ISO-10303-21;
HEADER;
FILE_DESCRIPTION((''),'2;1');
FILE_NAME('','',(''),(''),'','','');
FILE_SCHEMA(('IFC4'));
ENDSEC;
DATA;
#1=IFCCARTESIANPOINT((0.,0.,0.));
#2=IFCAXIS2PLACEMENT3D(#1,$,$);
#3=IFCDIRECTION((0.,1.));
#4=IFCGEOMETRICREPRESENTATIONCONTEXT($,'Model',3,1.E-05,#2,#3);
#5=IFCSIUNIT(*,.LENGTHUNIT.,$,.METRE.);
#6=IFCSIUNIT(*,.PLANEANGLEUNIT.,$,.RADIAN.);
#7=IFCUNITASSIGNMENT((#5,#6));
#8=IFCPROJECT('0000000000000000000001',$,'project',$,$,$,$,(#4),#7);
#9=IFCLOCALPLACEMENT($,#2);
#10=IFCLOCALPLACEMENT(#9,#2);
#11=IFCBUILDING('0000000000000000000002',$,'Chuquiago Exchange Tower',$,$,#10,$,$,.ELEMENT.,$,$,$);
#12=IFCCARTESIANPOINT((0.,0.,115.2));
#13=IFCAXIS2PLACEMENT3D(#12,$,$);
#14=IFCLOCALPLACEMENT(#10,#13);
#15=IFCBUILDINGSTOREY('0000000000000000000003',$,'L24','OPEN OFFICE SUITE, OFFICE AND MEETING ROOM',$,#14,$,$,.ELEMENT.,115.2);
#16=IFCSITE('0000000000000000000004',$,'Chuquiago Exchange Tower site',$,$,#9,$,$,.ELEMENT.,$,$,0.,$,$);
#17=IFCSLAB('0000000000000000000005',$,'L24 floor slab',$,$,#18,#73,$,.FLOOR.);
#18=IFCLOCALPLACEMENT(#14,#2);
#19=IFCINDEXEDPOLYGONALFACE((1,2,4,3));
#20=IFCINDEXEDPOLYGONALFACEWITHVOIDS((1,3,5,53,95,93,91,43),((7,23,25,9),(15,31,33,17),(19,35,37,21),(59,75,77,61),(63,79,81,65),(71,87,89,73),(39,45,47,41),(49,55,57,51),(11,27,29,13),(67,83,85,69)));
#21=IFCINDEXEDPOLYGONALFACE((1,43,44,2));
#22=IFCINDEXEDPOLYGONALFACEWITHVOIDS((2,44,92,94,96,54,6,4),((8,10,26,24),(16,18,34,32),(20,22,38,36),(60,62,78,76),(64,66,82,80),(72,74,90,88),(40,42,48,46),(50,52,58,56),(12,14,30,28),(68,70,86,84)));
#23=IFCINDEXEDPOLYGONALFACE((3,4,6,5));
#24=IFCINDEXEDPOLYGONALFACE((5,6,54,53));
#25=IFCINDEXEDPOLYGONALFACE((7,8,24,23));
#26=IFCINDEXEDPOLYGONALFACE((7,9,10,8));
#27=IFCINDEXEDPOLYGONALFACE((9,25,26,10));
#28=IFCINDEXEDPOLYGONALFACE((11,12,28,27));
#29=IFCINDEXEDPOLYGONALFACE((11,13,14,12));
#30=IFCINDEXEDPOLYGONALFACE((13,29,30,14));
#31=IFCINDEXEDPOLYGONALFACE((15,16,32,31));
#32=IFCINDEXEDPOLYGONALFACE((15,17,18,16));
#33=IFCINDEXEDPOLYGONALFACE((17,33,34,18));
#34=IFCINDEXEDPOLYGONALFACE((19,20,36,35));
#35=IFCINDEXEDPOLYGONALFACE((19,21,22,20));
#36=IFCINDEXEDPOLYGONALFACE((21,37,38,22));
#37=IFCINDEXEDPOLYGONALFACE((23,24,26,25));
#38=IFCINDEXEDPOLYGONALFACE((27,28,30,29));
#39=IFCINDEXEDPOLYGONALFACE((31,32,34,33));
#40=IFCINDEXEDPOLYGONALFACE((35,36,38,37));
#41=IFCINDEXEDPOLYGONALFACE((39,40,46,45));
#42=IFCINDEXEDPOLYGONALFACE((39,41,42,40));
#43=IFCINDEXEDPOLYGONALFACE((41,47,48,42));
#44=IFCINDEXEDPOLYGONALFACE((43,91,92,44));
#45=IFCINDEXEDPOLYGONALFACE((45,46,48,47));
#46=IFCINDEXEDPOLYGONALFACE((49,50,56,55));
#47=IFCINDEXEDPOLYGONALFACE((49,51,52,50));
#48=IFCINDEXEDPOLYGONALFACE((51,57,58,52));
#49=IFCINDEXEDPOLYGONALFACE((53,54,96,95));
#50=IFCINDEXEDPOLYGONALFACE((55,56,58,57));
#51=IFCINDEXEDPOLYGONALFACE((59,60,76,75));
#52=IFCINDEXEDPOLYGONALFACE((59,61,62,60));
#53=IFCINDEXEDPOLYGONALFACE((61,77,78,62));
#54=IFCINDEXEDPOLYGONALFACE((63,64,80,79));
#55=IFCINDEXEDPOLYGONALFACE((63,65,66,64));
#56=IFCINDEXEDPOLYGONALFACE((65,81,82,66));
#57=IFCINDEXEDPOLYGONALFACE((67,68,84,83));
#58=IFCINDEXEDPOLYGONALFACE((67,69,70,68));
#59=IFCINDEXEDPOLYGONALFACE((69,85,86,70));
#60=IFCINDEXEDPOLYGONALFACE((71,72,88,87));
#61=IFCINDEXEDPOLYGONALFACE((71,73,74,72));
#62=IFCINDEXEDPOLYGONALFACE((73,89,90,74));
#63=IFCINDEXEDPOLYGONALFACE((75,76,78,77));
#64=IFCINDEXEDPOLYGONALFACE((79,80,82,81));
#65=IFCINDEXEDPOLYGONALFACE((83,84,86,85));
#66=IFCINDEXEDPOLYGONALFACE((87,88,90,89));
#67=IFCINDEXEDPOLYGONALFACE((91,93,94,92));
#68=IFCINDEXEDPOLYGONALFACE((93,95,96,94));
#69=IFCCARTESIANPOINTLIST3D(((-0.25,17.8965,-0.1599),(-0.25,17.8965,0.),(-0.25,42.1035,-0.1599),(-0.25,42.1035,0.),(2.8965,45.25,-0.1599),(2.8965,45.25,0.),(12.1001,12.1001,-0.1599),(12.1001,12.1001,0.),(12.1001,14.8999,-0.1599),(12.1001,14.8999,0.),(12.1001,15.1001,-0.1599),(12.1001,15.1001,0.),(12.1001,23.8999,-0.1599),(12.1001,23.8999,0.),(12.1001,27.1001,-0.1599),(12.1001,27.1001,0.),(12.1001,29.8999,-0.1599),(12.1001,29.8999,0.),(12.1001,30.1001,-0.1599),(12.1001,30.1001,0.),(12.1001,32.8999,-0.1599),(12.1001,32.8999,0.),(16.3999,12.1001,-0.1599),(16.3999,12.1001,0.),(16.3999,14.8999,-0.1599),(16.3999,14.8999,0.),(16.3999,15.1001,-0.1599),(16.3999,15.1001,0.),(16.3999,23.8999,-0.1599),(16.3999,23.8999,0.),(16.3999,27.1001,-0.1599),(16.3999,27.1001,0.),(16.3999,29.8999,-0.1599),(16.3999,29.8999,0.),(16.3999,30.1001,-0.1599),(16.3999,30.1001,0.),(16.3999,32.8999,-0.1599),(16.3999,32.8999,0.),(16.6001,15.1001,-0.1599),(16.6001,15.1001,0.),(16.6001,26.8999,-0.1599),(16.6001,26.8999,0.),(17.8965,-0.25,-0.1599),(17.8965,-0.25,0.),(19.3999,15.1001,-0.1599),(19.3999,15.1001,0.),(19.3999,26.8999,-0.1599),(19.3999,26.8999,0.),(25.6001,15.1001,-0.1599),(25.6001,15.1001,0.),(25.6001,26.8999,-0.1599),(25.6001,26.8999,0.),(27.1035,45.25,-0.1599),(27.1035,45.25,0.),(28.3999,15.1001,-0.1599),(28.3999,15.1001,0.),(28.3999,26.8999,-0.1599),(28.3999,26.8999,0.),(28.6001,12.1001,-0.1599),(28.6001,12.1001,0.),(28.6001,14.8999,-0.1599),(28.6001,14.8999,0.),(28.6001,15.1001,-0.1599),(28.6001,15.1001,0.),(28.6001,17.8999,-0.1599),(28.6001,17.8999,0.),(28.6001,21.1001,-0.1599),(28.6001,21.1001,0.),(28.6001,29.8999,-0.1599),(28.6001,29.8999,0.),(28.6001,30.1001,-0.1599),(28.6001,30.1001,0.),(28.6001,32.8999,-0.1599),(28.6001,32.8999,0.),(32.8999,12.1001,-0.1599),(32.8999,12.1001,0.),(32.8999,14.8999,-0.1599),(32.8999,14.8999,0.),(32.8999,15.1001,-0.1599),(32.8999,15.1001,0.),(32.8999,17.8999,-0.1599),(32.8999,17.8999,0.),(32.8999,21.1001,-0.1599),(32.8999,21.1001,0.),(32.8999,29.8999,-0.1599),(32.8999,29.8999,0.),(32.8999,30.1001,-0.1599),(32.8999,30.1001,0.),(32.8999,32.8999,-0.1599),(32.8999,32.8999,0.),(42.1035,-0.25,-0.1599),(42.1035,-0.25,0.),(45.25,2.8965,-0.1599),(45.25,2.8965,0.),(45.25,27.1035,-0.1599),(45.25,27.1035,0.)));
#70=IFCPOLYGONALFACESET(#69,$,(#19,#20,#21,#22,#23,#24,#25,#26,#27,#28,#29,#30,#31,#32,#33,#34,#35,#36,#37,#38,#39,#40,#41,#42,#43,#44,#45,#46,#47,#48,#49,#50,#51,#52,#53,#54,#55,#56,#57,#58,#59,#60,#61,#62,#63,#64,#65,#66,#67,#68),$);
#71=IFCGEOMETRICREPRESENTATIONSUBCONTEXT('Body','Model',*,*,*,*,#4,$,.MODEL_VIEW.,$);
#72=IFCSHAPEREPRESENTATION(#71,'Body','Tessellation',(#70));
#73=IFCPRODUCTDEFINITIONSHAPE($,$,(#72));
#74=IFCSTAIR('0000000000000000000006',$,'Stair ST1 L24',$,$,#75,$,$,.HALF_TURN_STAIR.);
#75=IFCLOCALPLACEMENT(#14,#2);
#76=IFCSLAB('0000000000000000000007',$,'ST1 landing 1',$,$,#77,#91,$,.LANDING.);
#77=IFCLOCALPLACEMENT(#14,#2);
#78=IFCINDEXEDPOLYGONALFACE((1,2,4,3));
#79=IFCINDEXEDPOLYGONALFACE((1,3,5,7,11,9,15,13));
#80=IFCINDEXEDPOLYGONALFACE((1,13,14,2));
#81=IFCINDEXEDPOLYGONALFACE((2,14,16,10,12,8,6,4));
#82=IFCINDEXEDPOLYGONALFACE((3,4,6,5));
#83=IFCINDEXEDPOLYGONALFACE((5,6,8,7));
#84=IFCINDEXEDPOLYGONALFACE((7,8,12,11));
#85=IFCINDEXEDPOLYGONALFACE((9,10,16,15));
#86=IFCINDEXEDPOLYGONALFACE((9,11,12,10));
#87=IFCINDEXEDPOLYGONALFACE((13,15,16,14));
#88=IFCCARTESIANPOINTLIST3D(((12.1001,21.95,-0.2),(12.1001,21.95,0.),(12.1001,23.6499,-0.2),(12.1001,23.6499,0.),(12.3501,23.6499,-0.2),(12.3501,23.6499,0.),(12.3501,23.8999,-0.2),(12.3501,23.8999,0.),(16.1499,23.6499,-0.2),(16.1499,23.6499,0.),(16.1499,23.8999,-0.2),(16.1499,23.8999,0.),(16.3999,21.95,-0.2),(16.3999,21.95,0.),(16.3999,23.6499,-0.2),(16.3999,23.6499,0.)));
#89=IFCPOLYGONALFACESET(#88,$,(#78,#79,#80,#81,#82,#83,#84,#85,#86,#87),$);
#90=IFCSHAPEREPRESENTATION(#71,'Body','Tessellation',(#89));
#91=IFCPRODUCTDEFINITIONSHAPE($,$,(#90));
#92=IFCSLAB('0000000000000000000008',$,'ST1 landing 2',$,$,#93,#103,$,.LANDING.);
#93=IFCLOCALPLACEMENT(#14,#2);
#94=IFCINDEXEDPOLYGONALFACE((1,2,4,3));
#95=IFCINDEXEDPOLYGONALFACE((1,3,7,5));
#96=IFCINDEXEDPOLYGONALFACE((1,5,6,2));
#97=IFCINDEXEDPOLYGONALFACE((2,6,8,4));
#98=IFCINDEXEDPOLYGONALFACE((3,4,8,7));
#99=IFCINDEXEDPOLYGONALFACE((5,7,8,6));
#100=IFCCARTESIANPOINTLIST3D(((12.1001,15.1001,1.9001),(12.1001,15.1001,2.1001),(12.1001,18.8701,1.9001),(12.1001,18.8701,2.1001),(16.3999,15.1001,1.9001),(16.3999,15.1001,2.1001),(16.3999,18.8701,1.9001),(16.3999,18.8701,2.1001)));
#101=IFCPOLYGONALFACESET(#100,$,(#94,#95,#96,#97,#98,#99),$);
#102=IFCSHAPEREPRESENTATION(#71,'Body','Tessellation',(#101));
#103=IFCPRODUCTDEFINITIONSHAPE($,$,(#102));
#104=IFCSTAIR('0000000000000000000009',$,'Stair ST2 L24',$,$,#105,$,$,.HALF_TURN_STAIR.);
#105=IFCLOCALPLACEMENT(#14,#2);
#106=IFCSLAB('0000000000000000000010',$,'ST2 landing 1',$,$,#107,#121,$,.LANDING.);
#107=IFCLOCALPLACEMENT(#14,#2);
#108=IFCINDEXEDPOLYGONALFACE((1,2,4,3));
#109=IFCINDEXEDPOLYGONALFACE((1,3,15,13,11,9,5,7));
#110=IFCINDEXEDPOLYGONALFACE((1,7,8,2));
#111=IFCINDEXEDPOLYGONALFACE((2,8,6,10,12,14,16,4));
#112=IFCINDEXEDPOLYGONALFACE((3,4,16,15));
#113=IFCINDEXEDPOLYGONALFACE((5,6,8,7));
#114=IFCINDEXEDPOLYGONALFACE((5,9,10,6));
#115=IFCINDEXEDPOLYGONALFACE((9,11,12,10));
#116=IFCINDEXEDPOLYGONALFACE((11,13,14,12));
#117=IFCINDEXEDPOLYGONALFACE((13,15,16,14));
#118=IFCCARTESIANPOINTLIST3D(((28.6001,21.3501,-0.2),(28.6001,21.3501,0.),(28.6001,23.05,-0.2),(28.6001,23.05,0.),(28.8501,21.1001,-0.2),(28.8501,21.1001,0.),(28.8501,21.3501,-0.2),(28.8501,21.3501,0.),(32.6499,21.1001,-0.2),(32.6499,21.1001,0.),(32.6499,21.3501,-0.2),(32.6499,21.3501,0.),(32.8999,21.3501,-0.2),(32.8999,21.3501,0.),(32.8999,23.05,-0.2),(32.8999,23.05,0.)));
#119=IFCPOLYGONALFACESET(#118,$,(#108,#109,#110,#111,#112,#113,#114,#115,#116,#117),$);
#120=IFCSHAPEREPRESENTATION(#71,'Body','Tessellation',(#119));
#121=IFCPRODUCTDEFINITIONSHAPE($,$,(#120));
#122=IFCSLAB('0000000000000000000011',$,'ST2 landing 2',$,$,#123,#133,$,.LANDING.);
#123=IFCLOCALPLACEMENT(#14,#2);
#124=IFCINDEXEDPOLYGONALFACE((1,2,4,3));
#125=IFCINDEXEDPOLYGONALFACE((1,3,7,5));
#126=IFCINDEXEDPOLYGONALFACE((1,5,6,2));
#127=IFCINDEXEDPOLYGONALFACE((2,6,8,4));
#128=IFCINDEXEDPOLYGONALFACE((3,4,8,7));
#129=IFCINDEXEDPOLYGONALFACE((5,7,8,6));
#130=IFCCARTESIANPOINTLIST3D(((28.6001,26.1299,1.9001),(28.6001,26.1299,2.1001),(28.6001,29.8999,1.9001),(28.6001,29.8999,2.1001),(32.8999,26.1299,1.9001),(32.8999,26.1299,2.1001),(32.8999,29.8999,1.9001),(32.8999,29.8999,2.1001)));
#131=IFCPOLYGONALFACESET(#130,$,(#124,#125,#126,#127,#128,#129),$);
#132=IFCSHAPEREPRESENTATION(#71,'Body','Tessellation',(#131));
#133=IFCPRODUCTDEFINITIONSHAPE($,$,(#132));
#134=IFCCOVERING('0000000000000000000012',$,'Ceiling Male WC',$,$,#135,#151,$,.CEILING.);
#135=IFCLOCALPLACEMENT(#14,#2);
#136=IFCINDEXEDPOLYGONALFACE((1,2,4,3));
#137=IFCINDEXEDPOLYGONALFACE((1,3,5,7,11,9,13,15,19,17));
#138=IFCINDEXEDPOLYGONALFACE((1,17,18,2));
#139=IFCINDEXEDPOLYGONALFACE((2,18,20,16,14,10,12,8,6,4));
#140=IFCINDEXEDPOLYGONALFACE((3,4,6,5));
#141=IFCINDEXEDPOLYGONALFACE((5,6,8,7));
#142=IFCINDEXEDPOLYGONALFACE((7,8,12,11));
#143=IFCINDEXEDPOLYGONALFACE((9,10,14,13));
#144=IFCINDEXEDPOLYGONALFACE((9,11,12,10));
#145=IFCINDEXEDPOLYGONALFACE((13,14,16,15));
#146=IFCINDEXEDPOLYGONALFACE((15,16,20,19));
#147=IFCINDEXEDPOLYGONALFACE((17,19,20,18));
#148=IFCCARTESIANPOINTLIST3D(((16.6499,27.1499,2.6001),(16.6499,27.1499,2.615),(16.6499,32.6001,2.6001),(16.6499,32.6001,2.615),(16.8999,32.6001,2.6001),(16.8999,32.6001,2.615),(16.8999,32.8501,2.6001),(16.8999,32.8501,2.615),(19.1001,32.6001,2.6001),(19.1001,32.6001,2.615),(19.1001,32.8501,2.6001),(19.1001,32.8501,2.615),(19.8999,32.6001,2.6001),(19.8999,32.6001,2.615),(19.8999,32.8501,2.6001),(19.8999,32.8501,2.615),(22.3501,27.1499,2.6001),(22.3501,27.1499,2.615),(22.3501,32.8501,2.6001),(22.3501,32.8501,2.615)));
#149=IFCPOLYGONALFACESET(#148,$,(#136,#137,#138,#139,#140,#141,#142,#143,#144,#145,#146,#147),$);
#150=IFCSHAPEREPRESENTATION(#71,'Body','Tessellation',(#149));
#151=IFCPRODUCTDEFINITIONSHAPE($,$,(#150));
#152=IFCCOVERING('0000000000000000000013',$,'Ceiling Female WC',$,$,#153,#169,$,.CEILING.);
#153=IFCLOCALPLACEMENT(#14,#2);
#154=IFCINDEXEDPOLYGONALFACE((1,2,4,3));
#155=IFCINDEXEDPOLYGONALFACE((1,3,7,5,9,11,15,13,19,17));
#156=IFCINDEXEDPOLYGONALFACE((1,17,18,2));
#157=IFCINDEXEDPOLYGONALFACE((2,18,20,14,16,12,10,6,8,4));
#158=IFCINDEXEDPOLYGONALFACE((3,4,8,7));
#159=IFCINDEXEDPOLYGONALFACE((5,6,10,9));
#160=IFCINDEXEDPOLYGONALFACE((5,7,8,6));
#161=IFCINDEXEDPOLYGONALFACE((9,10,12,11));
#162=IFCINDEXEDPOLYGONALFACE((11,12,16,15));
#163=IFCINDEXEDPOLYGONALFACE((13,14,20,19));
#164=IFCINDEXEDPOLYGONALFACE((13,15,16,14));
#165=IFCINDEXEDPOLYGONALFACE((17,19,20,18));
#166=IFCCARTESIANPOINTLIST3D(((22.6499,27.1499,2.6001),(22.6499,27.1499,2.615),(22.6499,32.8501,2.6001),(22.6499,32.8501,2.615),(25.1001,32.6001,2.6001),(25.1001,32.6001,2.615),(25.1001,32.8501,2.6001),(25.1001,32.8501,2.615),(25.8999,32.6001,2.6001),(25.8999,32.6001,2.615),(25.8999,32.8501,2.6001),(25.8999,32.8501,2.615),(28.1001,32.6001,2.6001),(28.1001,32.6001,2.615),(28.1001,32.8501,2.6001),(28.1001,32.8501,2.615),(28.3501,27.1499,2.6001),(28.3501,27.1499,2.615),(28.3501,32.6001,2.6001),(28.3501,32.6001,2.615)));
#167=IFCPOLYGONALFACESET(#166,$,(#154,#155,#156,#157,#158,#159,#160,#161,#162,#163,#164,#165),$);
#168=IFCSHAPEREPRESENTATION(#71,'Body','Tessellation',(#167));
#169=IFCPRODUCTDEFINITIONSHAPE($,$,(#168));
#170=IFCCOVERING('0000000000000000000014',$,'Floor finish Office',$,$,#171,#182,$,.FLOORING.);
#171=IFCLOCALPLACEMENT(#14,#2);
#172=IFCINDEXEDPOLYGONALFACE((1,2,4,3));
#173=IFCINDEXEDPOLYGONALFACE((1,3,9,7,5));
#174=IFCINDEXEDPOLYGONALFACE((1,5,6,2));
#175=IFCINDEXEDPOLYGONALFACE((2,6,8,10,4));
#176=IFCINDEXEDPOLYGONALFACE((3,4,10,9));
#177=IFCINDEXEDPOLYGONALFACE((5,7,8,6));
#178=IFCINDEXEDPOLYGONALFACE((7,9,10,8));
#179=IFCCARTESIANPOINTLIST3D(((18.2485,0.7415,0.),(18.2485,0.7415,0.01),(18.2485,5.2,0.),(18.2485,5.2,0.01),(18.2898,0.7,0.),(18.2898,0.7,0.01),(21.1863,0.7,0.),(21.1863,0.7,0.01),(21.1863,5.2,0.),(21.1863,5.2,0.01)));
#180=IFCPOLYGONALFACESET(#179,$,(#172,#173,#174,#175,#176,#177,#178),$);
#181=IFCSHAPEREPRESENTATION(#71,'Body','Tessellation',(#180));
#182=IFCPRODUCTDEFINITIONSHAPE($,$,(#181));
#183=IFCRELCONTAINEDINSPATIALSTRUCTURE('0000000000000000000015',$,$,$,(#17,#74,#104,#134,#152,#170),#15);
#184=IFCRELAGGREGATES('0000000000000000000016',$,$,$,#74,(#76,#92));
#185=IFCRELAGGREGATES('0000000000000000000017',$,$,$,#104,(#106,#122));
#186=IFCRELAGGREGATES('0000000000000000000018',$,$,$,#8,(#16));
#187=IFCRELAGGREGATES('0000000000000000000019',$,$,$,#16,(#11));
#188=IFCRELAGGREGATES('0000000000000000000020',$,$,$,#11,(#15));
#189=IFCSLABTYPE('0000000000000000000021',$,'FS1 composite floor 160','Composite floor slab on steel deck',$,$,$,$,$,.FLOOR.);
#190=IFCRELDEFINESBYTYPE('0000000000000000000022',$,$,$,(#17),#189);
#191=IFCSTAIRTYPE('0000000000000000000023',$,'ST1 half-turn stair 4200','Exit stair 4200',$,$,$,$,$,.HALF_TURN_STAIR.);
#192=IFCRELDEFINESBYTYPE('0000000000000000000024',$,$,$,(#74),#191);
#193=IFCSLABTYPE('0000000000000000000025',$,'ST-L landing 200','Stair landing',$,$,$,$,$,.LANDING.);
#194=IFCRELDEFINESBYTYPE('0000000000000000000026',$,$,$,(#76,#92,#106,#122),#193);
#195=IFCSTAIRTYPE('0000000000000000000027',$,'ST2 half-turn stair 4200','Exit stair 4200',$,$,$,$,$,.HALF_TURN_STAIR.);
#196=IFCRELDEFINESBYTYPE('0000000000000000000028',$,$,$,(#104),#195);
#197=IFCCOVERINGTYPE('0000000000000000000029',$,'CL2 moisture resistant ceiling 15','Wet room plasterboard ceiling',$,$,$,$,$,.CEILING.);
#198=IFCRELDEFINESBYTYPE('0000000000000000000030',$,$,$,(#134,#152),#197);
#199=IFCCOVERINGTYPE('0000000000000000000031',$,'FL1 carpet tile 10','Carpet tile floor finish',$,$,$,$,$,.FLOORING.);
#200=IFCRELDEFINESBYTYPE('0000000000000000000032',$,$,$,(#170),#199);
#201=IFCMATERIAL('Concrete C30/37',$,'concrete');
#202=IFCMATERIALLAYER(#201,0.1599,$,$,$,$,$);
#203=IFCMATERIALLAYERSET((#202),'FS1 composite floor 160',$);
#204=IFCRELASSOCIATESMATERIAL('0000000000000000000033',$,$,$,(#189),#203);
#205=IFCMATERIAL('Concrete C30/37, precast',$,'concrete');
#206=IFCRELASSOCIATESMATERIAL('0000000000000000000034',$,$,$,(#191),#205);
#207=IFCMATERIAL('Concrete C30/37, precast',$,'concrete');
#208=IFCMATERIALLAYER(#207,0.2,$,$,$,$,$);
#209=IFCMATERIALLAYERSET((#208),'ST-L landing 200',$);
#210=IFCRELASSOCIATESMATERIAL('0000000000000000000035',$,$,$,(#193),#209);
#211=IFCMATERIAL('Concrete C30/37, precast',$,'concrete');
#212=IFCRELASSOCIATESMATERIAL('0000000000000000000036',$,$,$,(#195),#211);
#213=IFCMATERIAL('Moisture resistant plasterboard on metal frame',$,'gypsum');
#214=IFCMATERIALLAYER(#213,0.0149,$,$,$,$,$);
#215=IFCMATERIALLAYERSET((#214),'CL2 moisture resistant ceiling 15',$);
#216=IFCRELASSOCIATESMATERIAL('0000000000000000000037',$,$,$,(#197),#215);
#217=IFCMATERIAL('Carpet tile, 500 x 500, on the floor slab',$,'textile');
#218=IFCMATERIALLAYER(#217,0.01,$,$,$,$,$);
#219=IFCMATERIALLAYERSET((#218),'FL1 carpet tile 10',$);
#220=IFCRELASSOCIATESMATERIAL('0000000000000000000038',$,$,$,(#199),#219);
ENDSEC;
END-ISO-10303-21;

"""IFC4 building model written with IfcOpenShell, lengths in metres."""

from ifc_helpers import new_model, si_unit, direction, frame, origin, place, context, subcontext, project, spatial, polyline, outline, extrude, material, layer, layer_set, type_object, element, aggregate, save


model = new_model("IFC4")

# Units and contexts
model_context = context("Model", 3, precision=1e-05, world=origin(), true_north=direction((0.0, 1.0)))
body_context = subcontext(model_context, "Body", "Model", "MODEL_VIEW")
ifc_project = project(units=[si_unit("LENGTHUNIT", "METRE"), si_unit("PLANEANGLEUNIT", "RADIAN")], contexts=[model_context])

# Site, building, storey
site_placement = place(None, origin())
site = spatial("IfcSite", under=ifc_project, at=site_placement, Name="Chuquiago Exchange Tower site", CompositionType="ELEMENT", RefElevation=0.0)
building_placement = place(site_placement, origin())
building = spatial("IfcBuilding", under=site, at=building_placement, Name="Chuquiago Exchange Tower", CompositionType="ELEMENT")
storey_placement = place(building_placement, frame((0.0, 0.0, 115.2)))
storey = spatial("IfcBuildingStorey", under=building, at=storey_placement, Name="L24", Description="OPEN OFFICE SUITE, OFFICE AND MEETING ROOM", CompositionType="ELEMENT", Elevation=115.2)

# Slab
ifc_material_1 = material(Name="Concrete C30/37", Category="concrete")
ifc_layer_1 = layer(ifc_material_1, 0.1599)
ifc_layer_set_1 = layer_set([ifc_layer_1], Name="FS1 composite floor 160")
slab_type_1 = type_object("IfcSlabType", Name="FS1 composite floor 160", Description="Composite floor slab on steel deck", PredefinedType="FLOOR", material=ifc_layer_set_1)
slab_1_placement = place(storey_placement, frame((0.0, 0.0, -0.1599)))
element("IfcSlab", 1, at=slab_1_placement, inside=storey, type_object=slab_type_1, Name="L24 floor slab", PredefinedType="FLOOR", context=body_context, shape_type="SweptSolid", body=[
    extrude(outline(polyline([(17.8965, -0.25), (-0.25, 17.8965), (-0.25, 42.1035), (2.8965, 45.25), (27.1035, 45.25), (45.25, 27.1035), (45.25, 2.8965), (42.1035, -0.25), (17.8965, -0.25)]), holes=[polyline([(16.3999, 15.1001), (12.1001, 15.1001), (12.1001, 23.8999), (16.3999, 23.8999), (16.3999, 15.1001)]), polyline([(32.8999, 21.1001), (28.6001, 21.1001), (28.6001, 29.8999), (32.8999, 29.8999), (32.8999, 21.1001)]), polyline([(16.3999, 12.1001), (12.1001, 12.1001), (12.1001, 14.8999), (16.3999, 14.8999), (16.3999, 12.1001)]), polyline([(16.3999, 30.1001), (12.1001, 30.1001), (12.1001, 32.8999), (16.3999, 32.8999), (16.3999, 30.1001)]), polyline([(32.8999, 12.1001), (28.6001, 12.1001), (28.6001, 14.8999), (32.8999, 14.8999), (32.8999, 12.1001)]), polyline([(32.8999, 30.1001), (28.6001, 30.1001), (28.6001, 32.8999), (32.8999, 32.8999), (32.8999, 30.1001)]), polyline([(16.3999, 27.1001), (12.1001, 27.1001), (12.1001, 29.8999), (16.3999, 29.8999), (16.3999, 27.1001)]), polyline([(32.8999, 15.1001), (28.6001, 15.1001), (28.6001, 17.8999), (32.8999, 17.8999), (32.8999, 15.1001)]), polyline([(19.3999, 15.1001), (16.6001, 15.1001), (16.6001, 26.8999), (19.3999, 26.8999), (19.3999, 15.1001)]), polyline([(28.3999, 15.1001), (25.6001, 15.1001), (25.6001, 26.8999), (28.3999, 26.8999), (28.3999, 15.1001)])]), origin(), (0.0, 0.0, 1.0), 0.1599),
])

# Stairs, slabs
ifc_material_2 = material(Name="Concrete C30/37, precast", Category="concrete")
stair_type_1 = type_object("IfcStairType", Name="ST1 half-turn stair 4200", Description="Exit stair 4200", PredefinedType="HALF_TURN_STAIR", material=ifc_material_2)
stair_1_placement = place(storey_placement, origin())
stair_1 = element("IfcStair", 2, at=stair_1_placement, inside=storey, type_object=stair_type_1, Name="Stair ST1 L24", PredefinedType="HALF_TURN_STAIR")
ifc_material_3 = material(Name="Concrete C30/37, precast", Category="concrete")
ifc_layer_2 = layer(ifc_material_3, 0.2)
ifc_layer_set_2 = layer_set([ifc_layer_2], Name="ST-L landing 200")
slab_type_2 = type_object("IfcSlabType", Name="ST-L landing 200", Description="Stair landing", PredefinedType="LANDING", material=ifc_layer_set_2)
slab_2_placement = place(storey_placement, frame((0.0, 0.0, -0.2)))
slab_2 = element("IfcSlab", 3, at=slab_2_placement, type_object=slab_type_2, Name="ST1 landing 1", PredefinedType="LANDING", context=body_context, shape_type="SweptSolid", body=[
    extrude(outline(polyline([(12.3501, 23.8999), (16.1499, 23.8999), (16.1499, 23.6499), (16.3999, 23.6499), (16.3999, 21.95), (12.1001, 21.95), (12.1001, 23.6499), (12.3501, 23.6499), (12.3501, 23.8999)])), origin(), (0.0, 0.0, 1.0), 0.2),
])
slab_3_placement = place(storey_placement, frame((0.0, 0.0, 1.9001)))
slab_3 = element("IfcSlab", 4, at=slab_3_placement, type_object=slab_type_2, Name="ST1 landing 2", PredefinedType="LANDING", context=body_context, shape_type="SweptSolid", body=[
    extrude(outline(polyline([(12.1001, 18.8701), (16.3999, 18.8701), (16.3999, 15.1001), (12.1001, 15.1001), (12.1001, 18.8701)])), origin(), (0.0, 0.0, 1.0), 0.2),
])
aggregate(stair_1, [slab_2, slab_3])
ifc_material_4 = material(Name="Concrete C30/37, precast", Category="concrete")
stair_type_2 = type_object("IfcStairType", Name="ST2 half-turn stair 4200", Description="Exit stair 4200", PredefinedType="HALF_TURN_STAIR", material=ifc_material_4)
stair_2_placement = place(storey_placement, origin())
stair_2 = element("IfcStair", 5, at=stair_2_placement, inside=storey, type_object=stair_type_2, Name="Stair ST2 L24", PredefinedType="HALF_TURN_STAIR")
slab_4_placement = place(storey_placement, frame((0.0, 0.0, -0.2)))
slab_4 = element("IfcSlab", 6, at=slab_4_placement, type_object=slab_type_2, Name="ST2 landing 1", PredefinedType="LANDING", context=body_context, shape_type="SweptSolid", body=[
    extrude(outline(polyline([(32.6499, 21.3501), (32.6499, 21.1001), (28.8501, 21.1001), (28.8501, 21.3501), (28.6001, 21.3501), (28.6001, 23.05), (32.8999, 23.05), (32.8999, 21.3501), (32.6499, 21.3501)])), origin(), (0.0, 0.0, 1.0), 0.2),
])
slab_5_placement = place(storey_placement, frame((0.0, 0.0, 1.9001)))
slab_5 = element("IfcSlab", 7, at=slab_5_placement, type_object=slab_type_2, Name="ST2 landing 2", PredefinedType="LANDING", context=body_context, shape_type="SweptSolid", body=[
    extrude(outline(polyline([(28.6001, 29.8999), (32.8999, 29.8999), (32.8999, 26.1299), (28.6001, 26.1299), (28.6001, 29.8999)])), origin(), (0.0, 0.0, 1.0), 0.2),
])
aggregate(stair_2, [slab_4, slab_5])

# Coverings
ifc_material_5 = material(Name="Moisture resistant plasterboard on metal frame", Category="gypsum")
ifc_layer_3 = layer(ifc_material_5, 0.0149)
ifc_layer_set_3 = layer_set([ifc_layer_3], Name="CL2 moisture resistant ceiling 15")
covering_type_1 = type_object("IfcCoveringType", Name="CL2 moisture resistant ceiling 15", Description="Wet room plasterboard ceiling", PredefinedType="CEILING", material=ifc_layer_set_3)
covering_1_placement = place(storey_placement, frame((0.0, 0.0, 2.6001)))
element("IfcCovering", 8, at=covering_1_placement, inside=storey, type_object=covering_type_1, Name="Ceiling Male WC", PredefinedType="CEILING", context=body_context, shape_type="SweptSolid", body=[
    extrude(outline(polyline([(16.6499, 27.1499), (16.6499, 32.6001), (16.8999, 32.6001), (16.8999, 32.8501), (19.1001, 32.8501), (19.1001, 32.6001), (19.8999, 32.6001), (19.8999, 32.8501), (22.3501, 32.8501), (22.3501, 27.1499), (16.6499, 27.1499)])), origin(), (0.0, 0.0, 1.0), 0.0149),
])
covering_2_placement = place(storey_placement, frame((0.0, 0.0, 2.6001)))
element("IfcCovering", 9, at=covering_2_placement, inside=storey, type_object=covering_type_1, Name="Ceiling Female WC", PredefinedType="CEILING", context=body_context, shape_type="SweptSolid", body=[
    extrude(outline(polyline([(22.6499, 27.1499), (22.6499, 32.8501), (25.1001, 32.8501), (25.1001, 32.6001), (25.8999, 32.6001), (25.8999, 32.8501), (28.1001, 32.8501), (28.1001, 32.6001), (28.3501, 32.6001), (28.3501, 27.1499), (22.6499, 27.1499)])), origin(), (0.0, 0.0, 1.0), 0.0149),
])
ifc_material_6 = material(Name="Carpet tile, 500 x 500, on the floor slab", Category="textile")
ifc_layer_4 = layer(ifc_material_6, 0.01)
ifc_layer_set_4 = layer_set([ifc_layer_4], Name="FL1 carpet tile 10")
covering_type_2 = type_object("IfcCoveringType", Name="FL1 carpet tile 10", Description="Carpet tile floor finish", PredefinedType="FLOORING", material=ifc_layer_set_4)
covering_3_placement = place(storey_placement, origin())
element("IfcCovering", 10, at=covering_3_placement, inside=storey, type_object=covering_type_2, Name="Floor finish Office", PredefinedType="FLOORING", context=body_context, shape_type="SweptSolid", body=[
    extrude(outline(polyline([(18.2898, 0.7), (18.2485, 0.7415), (18.2485, 5.2), (21.1863, 5.2), (21.1863, 0.7), (18.2898, 0.7)])), origin(), (0.0, 0.0, 1.0), 0.01),
])

save(model, "model.ifc")
